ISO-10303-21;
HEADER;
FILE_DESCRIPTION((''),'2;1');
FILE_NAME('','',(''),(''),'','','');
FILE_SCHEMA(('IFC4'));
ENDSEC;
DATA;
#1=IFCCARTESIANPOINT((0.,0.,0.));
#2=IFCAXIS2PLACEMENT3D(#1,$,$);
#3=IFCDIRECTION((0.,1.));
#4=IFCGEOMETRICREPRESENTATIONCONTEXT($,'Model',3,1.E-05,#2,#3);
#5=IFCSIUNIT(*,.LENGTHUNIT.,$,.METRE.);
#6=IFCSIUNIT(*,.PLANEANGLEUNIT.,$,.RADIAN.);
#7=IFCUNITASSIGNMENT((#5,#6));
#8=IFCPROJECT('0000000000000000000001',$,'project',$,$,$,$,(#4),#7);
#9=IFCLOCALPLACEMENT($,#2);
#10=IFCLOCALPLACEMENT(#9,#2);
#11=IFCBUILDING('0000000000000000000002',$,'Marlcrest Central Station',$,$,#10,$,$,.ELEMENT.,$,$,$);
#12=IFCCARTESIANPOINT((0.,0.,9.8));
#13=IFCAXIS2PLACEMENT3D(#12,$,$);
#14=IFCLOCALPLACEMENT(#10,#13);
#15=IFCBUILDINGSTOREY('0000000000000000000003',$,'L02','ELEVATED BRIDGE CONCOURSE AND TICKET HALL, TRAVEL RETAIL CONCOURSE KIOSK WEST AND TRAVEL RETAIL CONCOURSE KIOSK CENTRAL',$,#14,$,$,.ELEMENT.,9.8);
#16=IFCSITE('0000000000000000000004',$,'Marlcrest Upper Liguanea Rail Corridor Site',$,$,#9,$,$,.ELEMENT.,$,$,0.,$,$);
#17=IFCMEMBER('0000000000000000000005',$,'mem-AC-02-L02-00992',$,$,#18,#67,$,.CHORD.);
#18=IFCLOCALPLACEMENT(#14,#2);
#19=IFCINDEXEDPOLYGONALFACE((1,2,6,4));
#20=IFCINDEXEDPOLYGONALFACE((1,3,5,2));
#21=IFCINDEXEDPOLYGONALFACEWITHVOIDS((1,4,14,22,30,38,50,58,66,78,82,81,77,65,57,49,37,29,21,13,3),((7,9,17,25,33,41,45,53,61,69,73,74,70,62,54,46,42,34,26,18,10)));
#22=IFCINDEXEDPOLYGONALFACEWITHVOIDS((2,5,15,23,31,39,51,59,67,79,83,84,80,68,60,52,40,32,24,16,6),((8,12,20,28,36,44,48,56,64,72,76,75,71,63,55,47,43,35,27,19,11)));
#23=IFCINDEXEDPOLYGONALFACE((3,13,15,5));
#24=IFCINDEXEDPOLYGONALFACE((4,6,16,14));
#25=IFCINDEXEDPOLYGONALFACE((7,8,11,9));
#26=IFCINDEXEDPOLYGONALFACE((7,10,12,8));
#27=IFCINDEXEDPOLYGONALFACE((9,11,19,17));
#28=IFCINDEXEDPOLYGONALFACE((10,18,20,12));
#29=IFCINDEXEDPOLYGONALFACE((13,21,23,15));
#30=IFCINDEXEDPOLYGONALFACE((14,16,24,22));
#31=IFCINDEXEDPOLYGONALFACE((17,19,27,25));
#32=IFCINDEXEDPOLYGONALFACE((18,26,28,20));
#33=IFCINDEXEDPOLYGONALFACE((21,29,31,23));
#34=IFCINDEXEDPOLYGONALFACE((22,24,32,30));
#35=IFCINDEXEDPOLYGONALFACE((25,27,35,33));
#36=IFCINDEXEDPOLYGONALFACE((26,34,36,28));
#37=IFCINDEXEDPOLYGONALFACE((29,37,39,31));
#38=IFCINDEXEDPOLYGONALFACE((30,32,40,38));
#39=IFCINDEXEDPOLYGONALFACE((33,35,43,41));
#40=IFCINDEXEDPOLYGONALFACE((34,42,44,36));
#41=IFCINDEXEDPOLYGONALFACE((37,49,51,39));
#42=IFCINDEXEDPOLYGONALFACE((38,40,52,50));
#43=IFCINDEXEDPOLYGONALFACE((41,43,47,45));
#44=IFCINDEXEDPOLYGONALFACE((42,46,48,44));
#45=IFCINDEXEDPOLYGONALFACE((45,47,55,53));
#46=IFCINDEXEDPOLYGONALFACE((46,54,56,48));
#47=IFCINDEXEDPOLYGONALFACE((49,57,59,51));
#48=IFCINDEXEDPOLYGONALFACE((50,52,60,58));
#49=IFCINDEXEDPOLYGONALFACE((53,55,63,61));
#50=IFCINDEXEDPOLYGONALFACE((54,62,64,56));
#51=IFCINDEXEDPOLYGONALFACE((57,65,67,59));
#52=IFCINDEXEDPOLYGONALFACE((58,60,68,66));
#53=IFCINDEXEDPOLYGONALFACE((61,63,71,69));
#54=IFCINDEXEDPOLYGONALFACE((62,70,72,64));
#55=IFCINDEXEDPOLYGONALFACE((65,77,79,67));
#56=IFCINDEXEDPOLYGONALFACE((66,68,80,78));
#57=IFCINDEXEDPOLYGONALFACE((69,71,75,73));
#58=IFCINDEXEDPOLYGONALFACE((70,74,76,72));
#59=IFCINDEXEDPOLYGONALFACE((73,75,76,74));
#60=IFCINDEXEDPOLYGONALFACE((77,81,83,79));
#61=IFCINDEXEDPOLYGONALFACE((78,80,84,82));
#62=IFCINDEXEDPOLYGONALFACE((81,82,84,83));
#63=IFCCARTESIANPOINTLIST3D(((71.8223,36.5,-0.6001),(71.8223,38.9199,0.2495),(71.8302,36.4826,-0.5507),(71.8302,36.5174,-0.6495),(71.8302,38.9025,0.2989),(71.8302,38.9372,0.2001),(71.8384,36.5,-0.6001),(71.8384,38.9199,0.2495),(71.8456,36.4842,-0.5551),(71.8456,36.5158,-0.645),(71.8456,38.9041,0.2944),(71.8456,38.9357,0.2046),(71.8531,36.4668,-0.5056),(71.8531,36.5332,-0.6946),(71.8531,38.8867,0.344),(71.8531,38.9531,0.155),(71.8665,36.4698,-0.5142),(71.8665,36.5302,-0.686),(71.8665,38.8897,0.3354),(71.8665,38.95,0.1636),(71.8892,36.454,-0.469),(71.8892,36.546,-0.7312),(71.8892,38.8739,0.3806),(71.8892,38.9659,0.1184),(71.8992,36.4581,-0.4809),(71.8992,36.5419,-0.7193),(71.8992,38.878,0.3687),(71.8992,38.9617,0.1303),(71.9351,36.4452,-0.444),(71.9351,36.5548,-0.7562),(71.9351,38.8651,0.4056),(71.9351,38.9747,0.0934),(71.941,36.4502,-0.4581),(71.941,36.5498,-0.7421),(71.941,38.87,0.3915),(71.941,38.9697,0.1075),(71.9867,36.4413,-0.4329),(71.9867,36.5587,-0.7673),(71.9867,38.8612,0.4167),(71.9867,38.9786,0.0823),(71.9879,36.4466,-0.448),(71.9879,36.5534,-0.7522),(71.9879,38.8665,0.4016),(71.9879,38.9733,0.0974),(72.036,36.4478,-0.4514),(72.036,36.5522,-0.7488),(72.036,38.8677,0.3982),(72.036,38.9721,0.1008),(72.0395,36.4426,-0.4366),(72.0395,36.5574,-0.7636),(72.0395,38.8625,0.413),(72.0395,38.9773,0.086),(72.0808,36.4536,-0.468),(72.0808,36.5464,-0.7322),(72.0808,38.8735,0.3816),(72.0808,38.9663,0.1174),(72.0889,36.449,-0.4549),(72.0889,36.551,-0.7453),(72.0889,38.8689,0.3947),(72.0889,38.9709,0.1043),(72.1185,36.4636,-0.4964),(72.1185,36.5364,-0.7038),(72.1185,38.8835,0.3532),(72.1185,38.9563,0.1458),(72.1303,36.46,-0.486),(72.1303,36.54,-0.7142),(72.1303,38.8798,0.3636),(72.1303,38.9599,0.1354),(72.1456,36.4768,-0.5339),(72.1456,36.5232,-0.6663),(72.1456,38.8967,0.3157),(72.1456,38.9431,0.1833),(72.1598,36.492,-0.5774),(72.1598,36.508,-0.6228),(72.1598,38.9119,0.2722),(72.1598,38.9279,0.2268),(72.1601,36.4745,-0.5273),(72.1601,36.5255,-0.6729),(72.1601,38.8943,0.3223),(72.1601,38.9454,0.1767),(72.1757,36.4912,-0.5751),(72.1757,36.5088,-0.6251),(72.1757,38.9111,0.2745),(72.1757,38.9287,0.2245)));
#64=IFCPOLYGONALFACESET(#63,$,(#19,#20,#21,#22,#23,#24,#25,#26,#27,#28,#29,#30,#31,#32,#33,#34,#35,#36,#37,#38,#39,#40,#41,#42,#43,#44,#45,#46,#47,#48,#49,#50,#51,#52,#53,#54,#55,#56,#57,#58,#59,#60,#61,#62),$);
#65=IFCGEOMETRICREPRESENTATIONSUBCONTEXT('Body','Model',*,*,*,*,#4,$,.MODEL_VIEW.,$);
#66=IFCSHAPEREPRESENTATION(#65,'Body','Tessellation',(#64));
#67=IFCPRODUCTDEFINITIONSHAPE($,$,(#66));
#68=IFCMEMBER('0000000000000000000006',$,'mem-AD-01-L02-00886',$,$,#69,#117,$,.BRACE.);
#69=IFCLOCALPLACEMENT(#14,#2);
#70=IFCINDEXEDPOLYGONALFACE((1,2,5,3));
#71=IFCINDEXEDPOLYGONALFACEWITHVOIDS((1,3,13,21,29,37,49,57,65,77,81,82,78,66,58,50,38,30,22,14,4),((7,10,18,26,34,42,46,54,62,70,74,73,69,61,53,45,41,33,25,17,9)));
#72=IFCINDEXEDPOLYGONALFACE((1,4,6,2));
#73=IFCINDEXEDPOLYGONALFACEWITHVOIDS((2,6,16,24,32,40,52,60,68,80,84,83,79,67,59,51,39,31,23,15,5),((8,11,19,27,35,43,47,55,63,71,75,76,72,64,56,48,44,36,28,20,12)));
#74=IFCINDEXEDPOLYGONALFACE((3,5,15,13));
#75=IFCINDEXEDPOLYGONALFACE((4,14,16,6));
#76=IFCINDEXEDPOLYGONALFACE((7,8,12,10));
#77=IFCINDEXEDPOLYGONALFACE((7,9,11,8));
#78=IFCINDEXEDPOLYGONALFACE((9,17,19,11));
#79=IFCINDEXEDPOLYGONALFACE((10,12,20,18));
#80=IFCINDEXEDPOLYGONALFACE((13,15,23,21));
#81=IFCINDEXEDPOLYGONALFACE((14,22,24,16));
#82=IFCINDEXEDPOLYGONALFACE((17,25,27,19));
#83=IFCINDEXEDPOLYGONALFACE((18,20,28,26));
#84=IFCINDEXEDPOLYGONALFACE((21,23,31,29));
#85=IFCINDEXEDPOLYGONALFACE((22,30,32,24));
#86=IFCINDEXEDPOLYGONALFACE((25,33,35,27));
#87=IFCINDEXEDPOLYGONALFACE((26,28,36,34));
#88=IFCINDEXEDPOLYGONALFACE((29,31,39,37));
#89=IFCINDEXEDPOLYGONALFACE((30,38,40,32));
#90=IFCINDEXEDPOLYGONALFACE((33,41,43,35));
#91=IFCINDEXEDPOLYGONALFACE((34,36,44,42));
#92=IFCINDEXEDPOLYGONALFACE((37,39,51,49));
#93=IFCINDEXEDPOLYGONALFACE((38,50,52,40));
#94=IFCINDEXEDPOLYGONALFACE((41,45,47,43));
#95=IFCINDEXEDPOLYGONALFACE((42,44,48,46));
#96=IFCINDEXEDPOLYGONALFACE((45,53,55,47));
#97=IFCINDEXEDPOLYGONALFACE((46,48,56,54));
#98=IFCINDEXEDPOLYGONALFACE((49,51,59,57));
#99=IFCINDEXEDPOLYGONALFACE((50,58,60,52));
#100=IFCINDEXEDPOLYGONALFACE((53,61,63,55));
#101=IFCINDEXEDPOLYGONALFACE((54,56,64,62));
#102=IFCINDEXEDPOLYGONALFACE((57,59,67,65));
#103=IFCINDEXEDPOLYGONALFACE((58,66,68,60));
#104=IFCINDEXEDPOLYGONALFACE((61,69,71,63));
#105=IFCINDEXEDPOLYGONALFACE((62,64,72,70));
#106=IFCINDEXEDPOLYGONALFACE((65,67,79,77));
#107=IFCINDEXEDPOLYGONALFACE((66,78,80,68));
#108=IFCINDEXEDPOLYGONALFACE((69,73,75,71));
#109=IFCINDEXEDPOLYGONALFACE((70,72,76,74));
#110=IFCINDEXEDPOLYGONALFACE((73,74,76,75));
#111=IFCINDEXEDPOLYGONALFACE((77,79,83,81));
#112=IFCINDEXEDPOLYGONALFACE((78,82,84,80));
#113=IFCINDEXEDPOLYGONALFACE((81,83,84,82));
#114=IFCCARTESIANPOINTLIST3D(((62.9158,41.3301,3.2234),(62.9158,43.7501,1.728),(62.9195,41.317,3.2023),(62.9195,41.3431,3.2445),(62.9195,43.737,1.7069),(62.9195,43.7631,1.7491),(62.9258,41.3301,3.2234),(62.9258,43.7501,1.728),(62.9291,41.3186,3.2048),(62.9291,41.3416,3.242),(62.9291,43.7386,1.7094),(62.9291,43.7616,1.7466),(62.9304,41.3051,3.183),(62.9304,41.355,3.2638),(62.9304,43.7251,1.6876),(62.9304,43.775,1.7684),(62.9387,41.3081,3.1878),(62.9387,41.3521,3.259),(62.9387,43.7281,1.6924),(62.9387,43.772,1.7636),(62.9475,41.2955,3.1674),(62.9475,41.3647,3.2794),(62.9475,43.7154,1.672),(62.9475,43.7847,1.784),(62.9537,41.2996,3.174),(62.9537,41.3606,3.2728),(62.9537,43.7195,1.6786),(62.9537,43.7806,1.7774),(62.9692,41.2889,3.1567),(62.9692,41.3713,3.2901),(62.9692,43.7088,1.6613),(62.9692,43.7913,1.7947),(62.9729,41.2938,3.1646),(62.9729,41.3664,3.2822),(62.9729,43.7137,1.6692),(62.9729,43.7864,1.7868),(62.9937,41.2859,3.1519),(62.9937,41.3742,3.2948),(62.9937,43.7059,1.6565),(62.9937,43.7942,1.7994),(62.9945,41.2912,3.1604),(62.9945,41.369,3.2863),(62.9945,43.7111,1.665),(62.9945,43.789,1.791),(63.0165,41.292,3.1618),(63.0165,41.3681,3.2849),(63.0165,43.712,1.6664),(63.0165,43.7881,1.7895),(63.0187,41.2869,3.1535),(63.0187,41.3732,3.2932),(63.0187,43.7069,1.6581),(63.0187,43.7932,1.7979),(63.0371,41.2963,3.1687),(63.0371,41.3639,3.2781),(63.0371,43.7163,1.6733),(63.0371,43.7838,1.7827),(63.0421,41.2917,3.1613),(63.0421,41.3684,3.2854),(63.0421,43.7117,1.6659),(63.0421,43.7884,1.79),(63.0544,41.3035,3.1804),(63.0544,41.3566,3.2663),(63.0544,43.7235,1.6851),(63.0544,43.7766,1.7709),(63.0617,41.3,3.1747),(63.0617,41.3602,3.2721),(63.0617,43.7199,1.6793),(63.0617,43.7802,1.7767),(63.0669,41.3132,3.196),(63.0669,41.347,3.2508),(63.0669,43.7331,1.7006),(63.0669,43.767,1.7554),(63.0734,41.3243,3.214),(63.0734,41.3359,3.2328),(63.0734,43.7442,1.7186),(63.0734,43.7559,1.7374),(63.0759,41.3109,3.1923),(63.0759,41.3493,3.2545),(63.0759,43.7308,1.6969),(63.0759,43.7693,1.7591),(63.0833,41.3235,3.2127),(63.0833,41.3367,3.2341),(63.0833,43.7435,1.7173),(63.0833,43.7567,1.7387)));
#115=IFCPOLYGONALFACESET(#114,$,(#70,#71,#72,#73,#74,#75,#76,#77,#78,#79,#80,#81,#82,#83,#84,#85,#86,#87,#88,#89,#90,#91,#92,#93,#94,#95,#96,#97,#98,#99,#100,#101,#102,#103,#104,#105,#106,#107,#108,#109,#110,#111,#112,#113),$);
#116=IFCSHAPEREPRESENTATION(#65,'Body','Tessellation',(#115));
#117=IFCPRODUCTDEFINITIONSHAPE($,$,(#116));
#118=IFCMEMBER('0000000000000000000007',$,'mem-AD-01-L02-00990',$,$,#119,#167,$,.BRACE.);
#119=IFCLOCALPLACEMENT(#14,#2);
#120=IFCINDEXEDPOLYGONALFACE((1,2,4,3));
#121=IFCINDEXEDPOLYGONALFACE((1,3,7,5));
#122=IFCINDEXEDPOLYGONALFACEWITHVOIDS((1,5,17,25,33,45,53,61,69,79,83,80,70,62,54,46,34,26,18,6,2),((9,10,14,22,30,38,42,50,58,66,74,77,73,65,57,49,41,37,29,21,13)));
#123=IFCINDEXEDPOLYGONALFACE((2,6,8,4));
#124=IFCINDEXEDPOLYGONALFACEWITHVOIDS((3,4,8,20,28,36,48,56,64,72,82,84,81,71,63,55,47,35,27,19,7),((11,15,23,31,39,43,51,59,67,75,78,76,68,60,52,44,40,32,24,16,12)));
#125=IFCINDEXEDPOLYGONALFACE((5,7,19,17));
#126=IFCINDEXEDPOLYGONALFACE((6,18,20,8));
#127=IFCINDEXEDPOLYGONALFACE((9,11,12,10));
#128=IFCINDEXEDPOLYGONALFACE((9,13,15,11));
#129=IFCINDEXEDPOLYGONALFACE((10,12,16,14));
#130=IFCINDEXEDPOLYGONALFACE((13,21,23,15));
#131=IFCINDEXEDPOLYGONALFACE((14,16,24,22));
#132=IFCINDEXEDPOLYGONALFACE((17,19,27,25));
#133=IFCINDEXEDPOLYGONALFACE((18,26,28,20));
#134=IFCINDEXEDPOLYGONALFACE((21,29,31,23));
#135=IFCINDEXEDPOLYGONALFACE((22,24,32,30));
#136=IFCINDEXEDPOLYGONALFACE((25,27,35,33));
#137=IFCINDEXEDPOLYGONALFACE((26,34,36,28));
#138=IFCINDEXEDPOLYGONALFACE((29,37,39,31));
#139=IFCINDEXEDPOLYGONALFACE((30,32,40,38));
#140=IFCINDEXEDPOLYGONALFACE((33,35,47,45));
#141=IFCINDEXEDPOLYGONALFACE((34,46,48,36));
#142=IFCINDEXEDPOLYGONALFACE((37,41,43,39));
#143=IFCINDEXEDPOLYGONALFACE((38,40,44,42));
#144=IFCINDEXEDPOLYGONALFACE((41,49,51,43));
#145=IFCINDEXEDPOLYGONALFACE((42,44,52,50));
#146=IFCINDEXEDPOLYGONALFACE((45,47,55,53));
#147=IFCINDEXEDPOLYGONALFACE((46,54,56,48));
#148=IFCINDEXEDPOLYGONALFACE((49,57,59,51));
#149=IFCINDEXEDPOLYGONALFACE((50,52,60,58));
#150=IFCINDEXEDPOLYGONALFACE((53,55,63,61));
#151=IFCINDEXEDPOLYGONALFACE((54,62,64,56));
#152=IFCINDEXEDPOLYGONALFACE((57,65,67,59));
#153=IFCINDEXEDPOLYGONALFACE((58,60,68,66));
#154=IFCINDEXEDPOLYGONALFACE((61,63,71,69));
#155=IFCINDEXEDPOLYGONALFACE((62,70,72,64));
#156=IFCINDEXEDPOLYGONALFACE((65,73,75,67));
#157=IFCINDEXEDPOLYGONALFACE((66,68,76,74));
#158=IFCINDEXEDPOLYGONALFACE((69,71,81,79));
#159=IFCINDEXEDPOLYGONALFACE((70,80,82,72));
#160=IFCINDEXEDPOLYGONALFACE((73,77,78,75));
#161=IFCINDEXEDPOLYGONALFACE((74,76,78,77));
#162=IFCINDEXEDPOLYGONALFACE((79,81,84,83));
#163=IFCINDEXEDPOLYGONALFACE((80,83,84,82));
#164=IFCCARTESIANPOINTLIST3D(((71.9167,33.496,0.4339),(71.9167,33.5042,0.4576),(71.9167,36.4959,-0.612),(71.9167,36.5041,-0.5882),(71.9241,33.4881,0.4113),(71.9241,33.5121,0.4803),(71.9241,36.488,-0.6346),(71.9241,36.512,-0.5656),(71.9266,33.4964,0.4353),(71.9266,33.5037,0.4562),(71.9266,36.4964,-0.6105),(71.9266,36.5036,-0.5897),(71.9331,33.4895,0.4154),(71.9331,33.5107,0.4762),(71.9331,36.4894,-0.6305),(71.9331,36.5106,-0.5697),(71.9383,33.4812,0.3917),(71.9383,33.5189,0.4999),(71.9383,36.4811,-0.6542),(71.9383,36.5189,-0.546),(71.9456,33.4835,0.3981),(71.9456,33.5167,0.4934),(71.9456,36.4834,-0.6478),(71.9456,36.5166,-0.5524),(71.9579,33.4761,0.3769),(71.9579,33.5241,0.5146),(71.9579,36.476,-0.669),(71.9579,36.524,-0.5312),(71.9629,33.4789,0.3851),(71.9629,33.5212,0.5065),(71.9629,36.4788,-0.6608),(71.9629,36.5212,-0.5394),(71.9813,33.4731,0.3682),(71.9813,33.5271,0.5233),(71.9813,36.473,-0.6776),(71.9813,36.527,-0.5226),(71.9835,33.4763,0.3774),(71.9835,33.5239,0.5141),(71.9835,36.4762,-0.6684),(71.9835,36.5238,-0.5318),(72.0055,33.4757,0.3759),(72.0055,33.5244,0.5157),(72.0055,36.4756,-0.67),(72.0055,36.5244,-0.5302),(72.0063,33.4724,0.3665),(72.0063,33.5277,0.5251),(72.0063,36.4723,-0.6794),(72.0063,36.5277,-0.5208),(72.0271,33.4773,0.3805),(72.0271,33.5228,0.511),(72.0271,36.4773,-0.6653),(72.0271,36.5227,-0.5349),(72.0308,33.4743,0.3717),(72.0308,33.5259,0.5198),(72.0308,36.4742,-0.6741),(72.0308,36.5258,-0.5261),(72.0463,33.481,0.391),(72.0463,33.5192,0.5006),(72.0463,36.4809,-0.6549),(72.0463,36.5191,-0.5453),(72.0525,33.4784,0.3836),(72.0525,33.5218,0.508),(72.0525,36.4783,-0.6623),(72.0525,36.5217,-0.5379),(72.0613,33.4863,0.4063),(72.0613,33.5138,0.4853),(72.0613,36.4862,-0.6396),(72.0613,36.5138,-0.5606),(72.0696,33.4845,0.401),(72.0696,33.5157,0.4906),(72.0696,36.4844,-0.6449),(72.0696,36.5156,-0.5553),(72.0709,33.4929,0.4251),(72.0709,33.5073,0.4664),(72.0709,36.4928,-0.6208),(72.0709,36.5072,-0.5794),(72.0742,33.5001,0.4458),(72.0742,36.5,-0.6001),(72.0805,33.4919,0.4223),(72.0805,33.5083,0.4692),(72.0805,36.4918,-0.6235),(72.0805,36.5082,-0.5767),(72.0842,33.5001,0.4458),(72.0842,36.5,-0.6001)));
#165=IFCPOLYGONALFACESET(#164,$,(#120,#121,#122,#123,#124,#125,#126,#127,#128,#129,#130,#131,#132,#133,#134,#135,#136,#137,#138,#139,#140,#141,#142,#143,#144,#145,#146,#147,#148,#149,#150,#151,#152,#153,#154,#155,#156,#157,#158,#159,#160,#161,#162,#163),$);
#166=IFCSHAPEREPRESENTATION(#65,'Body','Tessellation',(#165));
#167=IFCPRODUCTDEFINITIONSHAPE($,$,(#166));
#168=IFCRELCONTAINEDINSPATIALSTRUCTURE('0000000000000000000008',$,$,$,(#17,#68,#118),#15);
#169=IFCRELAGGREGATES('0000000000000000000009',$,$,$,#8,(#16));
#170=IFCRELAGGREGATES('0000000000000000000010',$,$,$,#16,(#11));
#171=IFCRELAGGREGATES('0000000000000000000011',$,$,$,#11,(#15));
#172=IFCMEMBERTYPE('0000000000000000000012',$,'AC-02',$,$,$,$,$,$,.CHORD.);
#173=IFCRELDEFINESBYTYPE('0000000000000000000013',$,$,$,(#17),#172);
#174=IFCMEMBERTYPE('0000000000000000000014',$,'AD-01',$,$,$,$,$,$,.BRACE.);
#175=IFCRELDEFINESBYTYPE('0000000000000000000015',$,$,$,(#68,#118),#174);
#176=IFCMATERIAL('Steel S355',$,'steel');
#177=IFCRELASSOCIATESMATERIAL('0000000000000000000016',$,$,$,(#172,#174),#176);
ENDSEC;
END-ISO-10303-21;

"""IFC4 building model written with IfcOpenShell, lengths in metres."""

from ifc_helpers import new_model, si_unit, direction, frame, origin, origin_2d, place, context, subcontext, project, spatial, hollow_circle, extrude, material, material_profile, profile_set, type_object, element, save


model = new_model("IFC4")

# Units and contexts
model_context = context("Model", 3, precision=1e-05, world=origin(), true_north=direction((0.0, 1.0)))
body_context = subcontext(model_context, "Body", "Model", "MODEL_VIEW")
ifc_project = project(units=[si_unit("LENGTHUNIT", "METRE"), si_unit("PLANEANGLEUNIT", "RADIAN")], contexts=[model_context])

# Site, building, storey
site_placement = place(None, origin())
site = spatial("IfcSite", under=ifc_project, at=site_placement, Name="Marlcrest Upper Liguanea Rail Corridor Site", CompositionType="ELEMENT", RefElevation=0.0)
building_placement = place(site_placement, origin())
building = spatial("IfcBuilding", under=site, at=building_placement, Name="Marlcrest Central Station", CompositionType="ELEMENT")
storey_placement = place(building_placement, frame((0.0, 0.0, 9.8)))
storey = spatial("IfcBuildingStorey", under=building, at=storey_placement, Name="L02", Description="ELEVATED BRIDGE CONCOURSE AND TICKET HALL, TRAVEL RETAIL CONCOURSE KIOSK WEST AND TRAVEL RETAIL CONCOURSE KIOSK CENTRAL", CompositionType="ELEMENT", Elevation=9.8)

# Members
ifc_material_1 = material(Name="Steel S355", Category="steel")
ifc_material_profile_1 = material_profile(ifc_material_1, hollow_circle(Radius=0.1777, WallThickness=0.0161, at=origin_2d()), Name="CHS 355.6x16")
ifc_profile_set_1 = profile_set([ifc_material_profile_1], Name="Steel S355")
member_type_1 = type_object("IfcMemberType", Name="AC-02", PredefinedType="CHORD", material=ifc_profile_set_1)
member_1_placement = place(storey_placement, frame((72.0, 36.5, -0.6001), z_axis=(0.0, 0.943537, 0.331266), x_axis=(-1.0, 0.0, 0.0)))
element("IfcMember", 1, at=member_1_placement, inside=storey, type_object=member_type_1, Name="mem-AC-02-L02-00992", PredefinedType="CHORD", context=body_context, shape_type="SweptSolid", body=[
    extrude(hollow_circle(Radius=0.1777, WallThickness=0.0161, at=origin_2d()), origin(), (0.0, 0.0, 1.0), 2.5647),
])
ifc_material_profile_2 = material_profile(ifc_material_1, hollow_circle(Radius=0.0842, WallThickness=0.01, at=origin_2d()), Name="CHS 168.3x10")
ifc_profile_set_2 = profile_set([ifc_material_profile_2], Name="Steel S355")
member_type_2 = type_object("IfcMemberType", Name="AD-01", PredefinedType="BRACE", material=ifc_profile_set_2)
member_2_placement = place(storey_placement, frame((63.0, 41.3301, 3.2234), z_axis=(0.0, 0.850687, -0.525672), x_axis=(-1.0, 0.0, 0.0)))
element("IfcMember", 2, at=member_2_placement, inside=storey, type_object=member_type_2, Name="mem-AD-01-L02-00886", PredefinedType="BRACE", context=body_context, shape_type="SweptSolid", body=[
    extrude(hollow_circle(Radius=0.0842, WallThickness=0.01, at=origin_2d()), origin(), (0.0, 0.0, 1.0), 2.8447),
])
member_3_placement = place(storey_placement, frame((72.0, 36.5, -0.6001), z_axis=(0.0, -0.94426, 0.3292), x_axis=(1.0, 0.0, 0.0)))
element("IfcMember", 3, at=member_3_placement, inside=storey, type_object=member_type_2, Name="mem-AD-01-L02-00990", PredefinedType="BRACE", context=body_context, shape_type="SweptSolid", body=[
    extrude(hollow_circle(Radius=0.0842, WallThickness=0.01, at=origin_2d()), origin(), (0.0, 0.0, 1.0), 3.177),
])

save(model, "model.ifc")
